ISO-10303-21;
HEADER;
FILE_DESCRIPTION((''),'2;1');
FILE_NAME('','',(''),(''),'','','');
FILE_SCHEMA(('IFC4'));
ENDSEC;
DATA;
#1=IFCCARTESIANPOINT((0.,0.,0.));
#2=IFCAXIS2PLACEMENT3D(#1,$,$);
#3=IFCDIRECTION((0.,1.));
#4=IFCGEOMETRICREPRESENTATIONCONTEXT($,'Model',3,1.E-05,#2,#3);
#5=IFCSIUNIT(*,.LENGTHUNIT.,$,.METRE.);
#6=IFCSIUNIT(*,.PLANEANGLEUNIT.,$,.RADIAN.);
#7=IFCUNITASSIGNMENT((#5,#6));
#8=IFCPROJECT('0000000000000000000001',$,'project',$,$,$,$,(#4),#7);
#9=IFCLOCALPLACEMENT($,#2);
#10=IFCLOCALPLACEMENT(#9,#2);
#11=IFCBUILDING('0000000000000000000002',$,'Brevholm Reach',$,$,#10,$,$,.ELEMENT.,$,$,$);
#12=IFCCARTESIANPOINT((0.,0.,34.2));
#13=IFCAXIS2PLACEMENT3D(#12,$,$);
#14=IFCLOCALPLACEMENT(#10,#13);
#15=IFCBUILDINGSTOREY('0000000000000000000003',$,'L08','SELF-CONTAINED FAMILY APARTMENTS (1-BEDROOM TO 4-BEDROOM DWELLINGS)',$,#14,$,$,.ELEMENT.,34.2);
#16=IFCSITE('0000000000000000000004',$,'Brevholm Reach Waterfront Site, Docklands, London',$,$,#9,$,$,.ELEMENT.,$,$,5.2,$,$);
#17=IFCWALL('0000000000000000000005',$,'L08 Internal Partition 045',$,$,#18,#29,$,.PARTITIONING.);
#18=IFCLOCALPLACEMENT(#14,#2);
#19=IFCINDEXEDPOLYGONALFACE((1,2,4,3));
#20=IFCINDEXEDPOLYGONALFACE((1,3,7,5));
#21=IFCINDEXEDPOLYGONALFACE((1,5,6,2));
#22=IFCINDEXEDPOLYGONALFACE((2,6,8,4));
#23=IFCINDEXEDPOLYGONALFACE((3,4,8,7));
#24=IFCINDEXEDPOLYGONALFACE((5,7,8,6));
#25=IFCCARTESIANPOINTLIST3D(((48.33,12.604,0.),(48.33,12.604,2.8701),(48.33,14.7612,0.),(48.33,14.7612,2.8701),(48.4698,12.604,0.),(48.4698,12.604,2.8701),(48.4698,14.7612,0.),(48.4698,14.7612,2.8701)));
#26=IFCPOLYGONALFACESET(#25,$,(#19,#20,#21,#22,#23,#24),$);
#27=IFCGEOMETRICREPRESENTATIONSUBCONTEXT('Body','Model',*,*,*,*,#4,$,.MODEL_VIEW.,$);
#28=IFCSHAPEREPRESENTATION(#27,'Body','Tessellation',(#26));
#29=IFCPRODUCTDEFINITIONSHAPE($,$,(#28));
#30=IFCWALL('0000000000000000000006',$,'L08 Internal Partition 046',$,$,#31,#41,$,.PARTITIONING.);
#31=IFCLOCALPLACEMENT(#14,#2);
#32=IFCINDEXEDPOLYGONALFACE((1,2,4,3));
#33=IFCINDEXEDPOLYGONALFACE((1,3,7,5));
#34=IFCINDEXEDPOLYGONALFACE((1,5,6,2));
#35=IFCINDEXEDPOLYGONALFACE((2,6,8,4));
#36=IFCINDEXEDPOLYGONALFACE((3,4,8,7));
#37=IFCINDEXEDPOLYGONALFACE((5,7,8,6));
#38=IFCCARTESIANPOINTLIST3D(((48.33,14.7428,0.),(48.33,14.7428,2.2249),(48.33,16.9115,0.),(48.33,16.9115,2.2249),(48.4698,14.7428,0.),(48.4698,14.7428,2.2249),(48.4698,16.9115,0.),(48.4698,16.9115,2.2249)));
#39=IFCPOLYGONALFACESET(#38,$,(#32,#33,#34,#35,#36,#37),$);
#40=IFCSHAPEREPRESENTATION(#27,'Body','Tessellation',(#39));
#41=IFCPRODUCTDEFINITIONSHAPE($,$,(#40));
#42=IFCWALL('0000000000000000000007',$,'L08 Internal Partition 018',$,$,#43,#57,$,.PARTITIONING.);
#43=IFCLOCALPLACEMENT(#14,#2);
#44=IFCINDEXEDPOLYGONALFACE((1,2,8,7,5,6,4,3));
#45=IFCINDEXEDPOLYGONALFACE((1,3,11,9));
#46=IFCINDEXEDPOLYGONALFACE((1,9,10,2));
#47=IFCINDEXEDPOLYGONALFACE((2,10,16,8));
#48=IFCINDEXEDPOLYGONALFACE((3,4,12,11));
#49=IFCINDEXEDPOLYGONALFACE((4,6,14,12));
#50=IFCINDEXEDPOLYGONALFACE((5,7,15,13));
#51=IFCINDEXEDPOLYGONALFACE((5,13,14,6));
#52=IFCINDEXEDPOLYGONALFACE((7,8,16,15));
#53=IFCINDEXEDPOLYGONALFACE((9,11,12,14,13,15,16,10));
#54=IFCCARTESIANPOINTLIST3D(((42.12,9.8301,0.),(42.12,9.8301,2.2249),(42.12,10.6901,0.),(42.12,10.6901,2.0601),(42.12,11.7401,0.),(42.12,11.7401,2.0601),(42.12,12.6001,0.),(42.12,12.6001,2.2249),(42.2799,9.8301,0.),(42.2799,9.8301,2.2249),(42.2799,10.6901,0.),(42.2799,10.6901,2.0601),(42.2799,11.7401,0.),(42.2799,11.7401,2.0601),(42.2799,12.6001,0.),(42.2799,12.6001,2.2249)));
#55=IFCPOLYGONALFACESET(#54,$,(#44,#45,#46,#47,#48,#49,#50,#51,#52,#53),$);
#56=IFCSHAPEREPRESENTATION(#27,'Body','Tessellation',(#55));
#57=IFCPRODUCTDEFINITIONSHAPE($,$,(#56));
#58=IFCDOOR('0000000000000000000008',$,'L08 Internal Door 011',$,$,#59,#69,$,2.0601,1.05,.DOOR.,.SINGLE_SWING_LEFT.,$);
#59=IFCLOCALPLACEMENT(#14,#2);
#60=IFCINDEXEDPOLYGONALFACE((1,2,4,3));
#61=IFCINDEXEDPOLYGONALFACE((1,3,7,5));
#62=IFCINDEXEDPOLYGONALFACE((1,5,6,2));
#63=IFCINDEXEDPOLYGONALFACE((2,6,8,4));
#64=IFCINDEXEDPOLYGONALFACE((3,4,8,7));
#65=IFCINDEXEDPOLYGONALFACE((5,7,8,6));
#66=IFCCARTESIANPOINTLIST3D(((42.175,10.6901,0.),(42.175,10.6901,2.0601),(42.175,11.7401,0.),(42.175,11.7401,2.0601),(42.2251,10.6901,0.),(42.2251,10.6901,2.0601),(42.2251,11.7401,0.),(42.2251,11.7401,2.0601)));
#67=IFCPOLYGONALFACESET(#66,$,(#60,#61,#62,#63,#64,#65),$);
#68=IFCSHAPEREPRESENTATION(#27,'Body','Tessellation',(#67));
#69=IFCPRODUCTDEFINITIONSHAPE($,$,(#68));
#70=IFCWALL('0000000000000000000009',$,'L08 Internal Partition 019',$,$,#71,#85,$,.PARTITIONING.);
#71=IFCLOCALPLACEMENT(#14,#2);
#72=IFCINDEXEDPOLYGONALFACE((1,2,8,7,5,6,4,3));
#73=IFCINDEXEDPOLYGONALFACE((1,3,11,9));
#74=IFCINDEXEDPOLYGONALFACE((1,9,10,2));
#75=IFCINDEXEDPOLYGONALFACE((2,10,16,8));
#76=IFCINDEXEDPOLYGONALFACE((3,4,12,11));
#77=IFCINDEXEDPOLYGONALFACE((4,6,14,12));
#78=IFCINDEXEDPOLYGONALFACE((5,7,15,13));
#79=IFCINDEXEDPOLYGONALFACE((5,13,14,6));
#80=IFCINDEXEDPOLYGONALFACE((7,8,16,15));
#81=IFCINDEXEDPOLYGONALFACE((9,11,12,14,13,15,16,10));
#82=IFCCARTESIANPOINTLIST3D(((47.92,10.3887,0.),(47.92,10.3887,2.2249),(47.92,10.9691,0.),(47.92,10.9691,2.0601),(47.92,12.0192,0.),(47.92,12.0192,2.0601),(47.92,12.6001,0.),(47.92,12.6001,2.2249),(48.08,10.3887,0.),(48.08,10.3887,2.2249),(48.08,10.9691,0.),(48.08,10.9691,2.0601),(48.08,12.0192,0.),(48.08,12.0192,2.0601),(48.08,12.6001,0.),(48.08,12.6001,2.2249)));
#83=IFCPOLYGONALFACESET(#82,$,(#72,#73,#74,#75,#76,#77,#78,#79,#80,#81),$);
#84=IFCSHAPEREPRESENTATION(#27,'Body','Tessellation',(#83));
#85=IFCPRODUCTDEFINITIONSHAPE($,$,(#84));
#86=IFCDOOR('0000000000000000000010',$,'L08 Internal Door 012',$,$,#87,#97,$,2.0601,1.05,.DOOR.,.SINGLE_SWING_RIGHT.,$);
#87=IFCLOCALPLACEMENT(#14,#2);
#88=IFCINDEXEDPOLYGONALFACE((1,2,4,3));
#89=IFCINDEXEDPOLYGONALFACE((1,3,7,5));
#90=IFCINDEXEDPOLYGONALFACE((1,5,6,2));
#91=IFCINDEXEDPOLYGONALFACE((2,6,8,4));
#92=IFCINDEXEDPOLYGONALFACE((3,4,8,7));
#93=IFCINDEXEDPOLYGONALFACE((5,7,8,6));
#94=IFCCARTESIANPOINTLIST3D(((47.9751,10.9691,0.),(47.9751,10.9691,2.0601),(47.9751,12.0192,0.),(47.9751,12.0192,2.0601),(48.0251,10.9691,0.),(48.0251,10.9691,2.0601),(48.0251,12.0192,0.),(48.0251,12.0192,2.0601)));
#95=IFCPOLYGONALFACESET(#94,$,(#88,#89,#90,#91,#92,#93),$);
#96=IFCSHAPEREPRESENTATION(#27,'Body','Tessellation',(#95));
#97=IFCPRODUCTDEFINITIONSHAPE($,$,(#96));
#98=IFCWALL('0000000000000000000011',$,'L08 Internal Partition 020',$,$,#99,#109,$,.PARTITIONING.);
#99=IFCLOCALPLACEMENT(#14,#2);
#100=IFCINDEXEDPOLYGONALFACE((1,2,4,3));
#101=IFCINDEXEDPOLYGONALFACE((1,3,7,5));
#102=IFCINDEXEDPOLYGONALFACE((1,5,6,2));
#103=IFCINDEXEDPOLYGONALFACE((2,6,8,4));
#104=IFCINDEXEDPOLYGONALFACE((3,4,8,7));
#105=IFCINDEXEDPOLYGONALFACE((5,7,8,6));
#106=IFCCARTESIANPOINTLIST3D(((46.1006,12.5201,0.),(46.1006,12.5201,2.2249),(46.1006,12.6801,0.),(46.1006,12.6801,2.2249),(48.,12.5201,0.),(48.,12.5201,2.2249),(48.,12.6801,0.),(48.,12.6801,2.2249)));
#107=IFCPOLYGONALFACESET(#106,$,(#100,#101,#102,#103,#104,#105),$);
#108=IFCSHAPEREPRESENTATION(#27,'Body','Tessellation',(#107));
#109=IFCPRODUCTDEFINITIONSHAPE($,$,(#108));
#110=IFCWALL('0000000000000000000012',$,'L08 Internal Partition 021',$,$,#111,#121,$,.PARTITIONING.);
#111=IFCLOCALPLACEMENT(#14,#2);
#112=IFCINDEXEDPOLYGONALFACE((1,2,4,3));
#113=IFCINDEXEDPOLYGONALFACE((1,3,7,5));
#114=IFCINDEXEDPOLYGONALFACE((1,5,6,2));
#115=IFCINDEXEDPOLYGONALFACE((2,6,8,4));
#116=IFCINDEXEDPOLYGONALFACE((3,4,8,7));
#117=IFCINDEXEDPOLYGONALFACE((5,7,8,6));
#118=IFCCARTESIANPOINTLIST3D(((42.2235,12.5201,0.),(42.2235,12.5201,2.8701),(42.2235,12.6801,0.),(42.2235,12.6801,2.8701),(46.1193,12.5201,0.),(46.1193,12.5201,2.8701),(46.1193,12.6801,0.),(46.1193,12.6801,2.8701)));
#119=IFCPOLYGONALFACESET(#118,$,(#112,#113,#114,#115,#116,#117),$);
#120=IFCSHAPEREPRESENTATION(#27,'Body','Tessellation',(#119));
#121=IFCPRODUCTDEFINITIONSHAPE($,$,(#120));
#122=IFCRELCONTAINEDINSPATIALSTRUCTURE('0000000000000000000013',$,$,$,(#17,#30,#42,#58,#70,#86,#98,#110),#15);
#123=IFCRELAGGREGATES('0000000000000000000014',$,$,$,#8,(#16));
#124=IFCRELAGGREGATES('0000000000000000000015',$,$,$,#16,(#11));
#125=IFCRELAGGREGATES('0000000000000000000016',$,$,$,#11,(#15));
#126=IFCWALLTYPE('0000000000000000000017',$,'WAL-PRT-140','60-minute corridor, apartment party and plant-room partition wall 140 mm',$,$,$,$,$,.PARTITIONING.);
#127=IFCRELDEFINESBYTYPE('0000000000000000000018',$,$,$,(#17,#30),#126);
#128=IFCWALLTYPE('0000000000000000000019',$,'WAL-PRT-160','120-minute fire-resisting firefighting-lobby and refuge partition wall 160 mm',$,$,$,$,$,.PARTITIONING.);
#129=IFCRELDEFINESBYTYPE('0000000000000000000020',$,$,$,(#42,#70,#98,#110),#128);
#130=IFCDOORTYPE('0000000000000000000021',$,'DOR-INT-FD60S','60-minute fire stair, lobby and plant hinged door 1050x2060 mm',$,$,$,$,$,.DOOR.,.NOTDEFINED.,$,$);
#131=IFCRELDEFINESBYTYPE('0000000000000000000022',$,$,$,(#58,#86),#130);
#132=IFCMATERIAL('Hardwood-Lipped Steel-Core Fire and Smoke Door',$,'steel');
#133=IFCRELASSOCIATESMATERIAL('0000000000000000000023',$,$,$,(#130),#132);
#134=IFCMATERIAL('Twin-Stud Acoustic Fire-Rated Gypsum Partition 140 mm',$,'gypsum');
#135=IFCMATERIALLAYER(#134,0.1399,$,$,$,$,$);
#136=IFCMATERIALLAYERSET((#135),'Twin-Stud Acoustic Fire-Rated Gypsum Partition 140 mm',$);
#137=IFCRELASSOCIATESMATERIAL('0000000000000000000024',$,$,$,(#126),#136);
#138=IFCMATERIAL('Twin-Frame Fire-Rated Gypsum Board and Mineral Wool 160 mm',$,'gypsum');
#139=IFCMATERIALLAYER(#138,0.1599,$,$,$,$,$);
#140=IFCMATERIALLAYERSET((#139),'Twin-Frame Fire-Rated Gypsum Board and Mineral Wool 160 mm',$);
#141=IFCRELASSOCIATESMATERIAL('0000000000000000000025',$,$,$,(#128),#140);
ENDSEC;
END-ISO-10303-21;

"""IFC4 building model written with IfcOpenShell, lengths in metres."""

from ifc_helpers import new_model, si_unit, direction, frame, frame_2d, origin, place, context, subcontext, project, spatial, rectangle, extrude, material, layer, layer_set, type_object, element, fill, save


model = new_model("IFC4")

# Units and contexts
model_context = context("Model", 3, precision=1e-05, world=origin(), true_north=direction((0.0, 1.0)))
body_context = subcontext(model_context, "Body", "Model", "MODEL_VIEW")
ifc_project = project(units=[si_unit("LENGTHUNIT", "METRE"), si_unit("PLANEANGLEUNIT", "RADIAN")], contexts=[model_context])

# Site, building, storey
site_placement = place(None, origin())
site = spatial("IfcSite", under=ifc_project, at=site_placement, Name="Brevholm Reach Waterfront Site, Docklands, London", CompositionType="ELEMENT", RefElevation=5.2)
building_placement = place(site_placement, origin())
building = spatial("IfcBuilding", under=site, at=building_placement, Name="Brevholm Reach", CompositionType="ELEMENT")
storey_placement = place(building_placement, frame((0.0, 0.0, 34.2)))
storey = spatial("IfcBuildingStorey", under=building, at=storey_placement, Name="L08", Description="SELF-CONTAINED FAMILY APARTMENTS (1-BEDROOM TO 4-BEDROOM DWELLINGS)", CompositionType="ELEMENT", Elevation=34.2)

# Shared definitions
ifc_material_1 = material(Name="Hardwood-Lipped Steel-Core Fire and Smoke Door", Category="steel")
door_type_1 = type_object("IfcDoorType", Name="DOR-INT-FD60S", Description="60-minute fire stair, lobby and plant hinged door 1050x2060 mm", OperationType="NOTDEFINED", PredefinedType="DOOR", material=ifc_material_1)

# Walls
ifc_material_2 = material(Name="Twin-Stud Acoustic Fire-Rated Gypsum Partition 140 mm", Category="gypsum")
ifc_layer_1 = layer(ifc_material_2, 0.1399)
ifc_layer_set_1 = layer_set([ifc_layer_1], Name="Twin-Stud Acoustic Fire-Rated Gypsum Partition 140 mm")
wall_type_1 = type_object("IfcWallType", Name="WAL-PRT-140", Description="60-minute corridor, apartment party and plant-room partition wall 140 mm", PredefinedType="PARTITIONING", material=ifc_layer_set_1)
wall_1_placement = place(storey_placement, frame((48.3999, 12.604, 0.0), z_axis=(0.0, 0.0, 1.0), x_axis=(0.0, 1.0, 0.0)))
element("IfcWall", 1, at=wall_1_placement, inside=storey, type_object=wall_type_1, Name="L08 Internal Partition 045", PredefinedType="PARTITIONING", context=body_context, shape_type="SweptSolid", body=[
    extrude(rectangle(XDim=2.1572, YDim=0.1399, at=frame_2d((1.0786, 0.0))), origin(), (0.0, 0.0, 1.0), 2.8701),
])
wall_2_placement = place(storey_placement, frame((48.3999, 14.7427, 0.0), z_axis=(0.0, 0.0, 1.0), x_axis=(0.0, 1.0, 0.0)))
element("IfcWall", 2, at=wall_2_placement, inside=storey, type_object=wall_type_1, Name="L08 Internal Partition 046", PredefinedType="PARTITIONING", context=body_context, shape_type="SweptSolid", body=[
    extrude(rectangle(XDim=2.1687, YDim=0.1399, at=frame_2d((1.0845, 0.0))), origin(), (0.0, 0.0, 1.0), 2.2249),
])

# Walls, openings, doors
ifc_material_3 = material(Name="Twin-Frame Fire-Rated Gypsum Board and Mineral Wool 160 mm", Category="gypsum")
ifc_layer_2 = layer(ifc_material_3, 0.1599)
ifc_layer_set_2 = layer_set([ifc_layer_2], Name="Twin-Frame Fire-Rated Gypsum Board and Mineral Wool 160 mm")
wall_type_2 = type_object("IfcWallType", Name="WAL-PRT-160", Description="120-minute fire-resisting firefighting-lobby and refuge partition wall 160 mm", PredefinedType="PARTITIONING", material=ifc_layer_set_2)
wall_3_placement = place(storey_placement, frame((42.2, 9.8301, 0.0), z_axis=(0.0, 0.0, 1.0), x_axis=(0.0, 1.0, 0.0)))
wall_3 = element("IfcWall", 3, at=wall_3_placement, inside=storey, type_object=wall_type_2, Name="L08 Internal Partition 018", PredefinedType="PARTITIONING", context=body_context, shape_type="SweptSolid", body=[
    extrude(rectangle(XDim=2.77, YDim=0.1599, at=frame_2d((1.385, 0.0))), origin(), (0.0, 0.0, 1.0), 2.2249),
])
opening_1_placement = place(wall_3_placement, frame((0.8601, 0.0, 0.0)))
opening_1 = element("IfcOpeningElement", 4, at=opening_1_placement, cuts=wall_3, PredefinedType="OPENING", context=body_context, shape_type="SweptSolid", body=[
    extrude(rectangle(XDim=1.05, YDim=2.0601, at=frame_2d((0.5249, 1.03))), frame((0.0, 0.0898, 0.0), z_axis=(0.0, -1.0, 0.0), x_axis=(1.0, 0.0, 0.0)), (0.0, 0.0, 1.0), 0.1799),
])
door_1_placement = place(opening_1_placement, origin())
door_1 = element("IfcDoor", 5, at=door_1_placement, inside=storey, type_object=door_type_1, Name="L08 Internal Door 011", OperationType="SINGLE_SWING_LEFT", OverallHeight=2.0601, OverallWidth=1.05, PredefinedType="DOOR", context=body_context, shape_type="SweptSolid", body=[
    extrude(rectangle(XDim=1.05, YDim=2.0601, at=frame_2d((0.5249, 1.03))), frame((0.0, 0.0249, 0.0), z_axis=(0.0, -1.0, 0.0), x_axis=(1.0, 0.0, 0.0)), (0.0, 0.0, 1.0), 0.05),
])
fill(opening_1, door_1)
wall_4_placement = place(storey_placement, frame((48.0, 10.3887, 0.0), z_axis=(0.0, 0.0, 1.0), x_axis=(0.0, 1.0, 0.0)))
wall_4 = element("IfcWall", 6, at=wall_4_placement, inside=storey, type_object=wall_type_2, Name="L08 Internal Partition 019", PredefinedType="PARTITIONING", context=body_context, shape_type="SweptSolid", body=[
    extrude(rectangle(XDim=2.2114, YDim=0.1599, at=frame_2d((1.1057, 0.0))), origin(), (0.0, 0.0, 1.0), 2.2249),
])
opening_2_placement = place(wall_4_placement, frame((0.5806, 0.0, 0.0)))
opening_2 = element("IfcOpeningElement", 7, at=opening_2_placement, cuts=wall_4, PredefinedType="OPENING", context=body_context, shape_type="SweptSolid", body=[
    extrude(rectangle(XDim=1.05, YDim=2.0601, at=frame_2d((0.5249, 1.03))), frame((0.0, 0.0898, 0.0), z_axis=(0.0, -1.0, 0.0), x_axis=(1.0, 0.0, 0.0)), (0.0, 0.0, 1.0), 0.1799),
])
door_2_placement = place(opening_2_placement, origin())
door_2 = element("IfcDoor", 8, at=door_2_placement, inside=storey, type_object=door_type_1, Name="L08 Internal Door 012", OperationType="SINGLE_SWING_RIGHT", OverallHeight=2.0601, OverallWidth=1.05, PredefinedType="DOOR", context=body_context, shape_type="SweptSolid", body=[
    extrude(rectangle(XDim=1.05, YDim=2.0601, at=frame_2d((0.5249, 1.03))), frame((0.0, 0.0249, 0.0), z_axis=(0.0, -1.0, 0.0), x_axis=(1.0, 0.0, 0.0)), (0.0, 0.0, 1.0), 0.05),
])
fill(opening_2, door_2)

# Walls
wall_5_placement = place(storey_placement, frame((46.1006, 12.6001, 0.0), z_axis=(0.0, 0.0, 1.0), x_axis=(1.0, 0.0, 0.0)))
element("IfcWall", 9, at=wall_5_placement, inside=storey, type_object=wall_type_2, Name="L08 Internal Partition 020", PredefinedType="PARTITIONING", context=body_context, shape_type="SweptSolid", body=[
    extrude(rectangle(XDim=1.8994, YDim=0.1599, at=frame_2d((0.9497, 0.0))), origin(), (0.0, 0.0, 1.0), 2.2249),
])
wall_6_placement = place(storey_placement, frame((42.2236, 12.6001, 0.0), z_axis=(0.0, 0.0, 1.0), x_axis=(1.0, 0.0, 0.0)))
element("IfcWall", 10, at=wall_6_placement, inside=storey, type_object=wall_type_2, Name="L08 Internal Partition 021", PredefinedType="PARTITIONING", context=body_context, shape_type="SweptSolid", body=[
    extrude(rectangle(XDim=3.8958, YDim=0.1599, at=frame_2d((1.9478, 0.0))), origin(), (0.0, 0.0, 1.0), 2.8701),
])

save(model, "model.ifc")
